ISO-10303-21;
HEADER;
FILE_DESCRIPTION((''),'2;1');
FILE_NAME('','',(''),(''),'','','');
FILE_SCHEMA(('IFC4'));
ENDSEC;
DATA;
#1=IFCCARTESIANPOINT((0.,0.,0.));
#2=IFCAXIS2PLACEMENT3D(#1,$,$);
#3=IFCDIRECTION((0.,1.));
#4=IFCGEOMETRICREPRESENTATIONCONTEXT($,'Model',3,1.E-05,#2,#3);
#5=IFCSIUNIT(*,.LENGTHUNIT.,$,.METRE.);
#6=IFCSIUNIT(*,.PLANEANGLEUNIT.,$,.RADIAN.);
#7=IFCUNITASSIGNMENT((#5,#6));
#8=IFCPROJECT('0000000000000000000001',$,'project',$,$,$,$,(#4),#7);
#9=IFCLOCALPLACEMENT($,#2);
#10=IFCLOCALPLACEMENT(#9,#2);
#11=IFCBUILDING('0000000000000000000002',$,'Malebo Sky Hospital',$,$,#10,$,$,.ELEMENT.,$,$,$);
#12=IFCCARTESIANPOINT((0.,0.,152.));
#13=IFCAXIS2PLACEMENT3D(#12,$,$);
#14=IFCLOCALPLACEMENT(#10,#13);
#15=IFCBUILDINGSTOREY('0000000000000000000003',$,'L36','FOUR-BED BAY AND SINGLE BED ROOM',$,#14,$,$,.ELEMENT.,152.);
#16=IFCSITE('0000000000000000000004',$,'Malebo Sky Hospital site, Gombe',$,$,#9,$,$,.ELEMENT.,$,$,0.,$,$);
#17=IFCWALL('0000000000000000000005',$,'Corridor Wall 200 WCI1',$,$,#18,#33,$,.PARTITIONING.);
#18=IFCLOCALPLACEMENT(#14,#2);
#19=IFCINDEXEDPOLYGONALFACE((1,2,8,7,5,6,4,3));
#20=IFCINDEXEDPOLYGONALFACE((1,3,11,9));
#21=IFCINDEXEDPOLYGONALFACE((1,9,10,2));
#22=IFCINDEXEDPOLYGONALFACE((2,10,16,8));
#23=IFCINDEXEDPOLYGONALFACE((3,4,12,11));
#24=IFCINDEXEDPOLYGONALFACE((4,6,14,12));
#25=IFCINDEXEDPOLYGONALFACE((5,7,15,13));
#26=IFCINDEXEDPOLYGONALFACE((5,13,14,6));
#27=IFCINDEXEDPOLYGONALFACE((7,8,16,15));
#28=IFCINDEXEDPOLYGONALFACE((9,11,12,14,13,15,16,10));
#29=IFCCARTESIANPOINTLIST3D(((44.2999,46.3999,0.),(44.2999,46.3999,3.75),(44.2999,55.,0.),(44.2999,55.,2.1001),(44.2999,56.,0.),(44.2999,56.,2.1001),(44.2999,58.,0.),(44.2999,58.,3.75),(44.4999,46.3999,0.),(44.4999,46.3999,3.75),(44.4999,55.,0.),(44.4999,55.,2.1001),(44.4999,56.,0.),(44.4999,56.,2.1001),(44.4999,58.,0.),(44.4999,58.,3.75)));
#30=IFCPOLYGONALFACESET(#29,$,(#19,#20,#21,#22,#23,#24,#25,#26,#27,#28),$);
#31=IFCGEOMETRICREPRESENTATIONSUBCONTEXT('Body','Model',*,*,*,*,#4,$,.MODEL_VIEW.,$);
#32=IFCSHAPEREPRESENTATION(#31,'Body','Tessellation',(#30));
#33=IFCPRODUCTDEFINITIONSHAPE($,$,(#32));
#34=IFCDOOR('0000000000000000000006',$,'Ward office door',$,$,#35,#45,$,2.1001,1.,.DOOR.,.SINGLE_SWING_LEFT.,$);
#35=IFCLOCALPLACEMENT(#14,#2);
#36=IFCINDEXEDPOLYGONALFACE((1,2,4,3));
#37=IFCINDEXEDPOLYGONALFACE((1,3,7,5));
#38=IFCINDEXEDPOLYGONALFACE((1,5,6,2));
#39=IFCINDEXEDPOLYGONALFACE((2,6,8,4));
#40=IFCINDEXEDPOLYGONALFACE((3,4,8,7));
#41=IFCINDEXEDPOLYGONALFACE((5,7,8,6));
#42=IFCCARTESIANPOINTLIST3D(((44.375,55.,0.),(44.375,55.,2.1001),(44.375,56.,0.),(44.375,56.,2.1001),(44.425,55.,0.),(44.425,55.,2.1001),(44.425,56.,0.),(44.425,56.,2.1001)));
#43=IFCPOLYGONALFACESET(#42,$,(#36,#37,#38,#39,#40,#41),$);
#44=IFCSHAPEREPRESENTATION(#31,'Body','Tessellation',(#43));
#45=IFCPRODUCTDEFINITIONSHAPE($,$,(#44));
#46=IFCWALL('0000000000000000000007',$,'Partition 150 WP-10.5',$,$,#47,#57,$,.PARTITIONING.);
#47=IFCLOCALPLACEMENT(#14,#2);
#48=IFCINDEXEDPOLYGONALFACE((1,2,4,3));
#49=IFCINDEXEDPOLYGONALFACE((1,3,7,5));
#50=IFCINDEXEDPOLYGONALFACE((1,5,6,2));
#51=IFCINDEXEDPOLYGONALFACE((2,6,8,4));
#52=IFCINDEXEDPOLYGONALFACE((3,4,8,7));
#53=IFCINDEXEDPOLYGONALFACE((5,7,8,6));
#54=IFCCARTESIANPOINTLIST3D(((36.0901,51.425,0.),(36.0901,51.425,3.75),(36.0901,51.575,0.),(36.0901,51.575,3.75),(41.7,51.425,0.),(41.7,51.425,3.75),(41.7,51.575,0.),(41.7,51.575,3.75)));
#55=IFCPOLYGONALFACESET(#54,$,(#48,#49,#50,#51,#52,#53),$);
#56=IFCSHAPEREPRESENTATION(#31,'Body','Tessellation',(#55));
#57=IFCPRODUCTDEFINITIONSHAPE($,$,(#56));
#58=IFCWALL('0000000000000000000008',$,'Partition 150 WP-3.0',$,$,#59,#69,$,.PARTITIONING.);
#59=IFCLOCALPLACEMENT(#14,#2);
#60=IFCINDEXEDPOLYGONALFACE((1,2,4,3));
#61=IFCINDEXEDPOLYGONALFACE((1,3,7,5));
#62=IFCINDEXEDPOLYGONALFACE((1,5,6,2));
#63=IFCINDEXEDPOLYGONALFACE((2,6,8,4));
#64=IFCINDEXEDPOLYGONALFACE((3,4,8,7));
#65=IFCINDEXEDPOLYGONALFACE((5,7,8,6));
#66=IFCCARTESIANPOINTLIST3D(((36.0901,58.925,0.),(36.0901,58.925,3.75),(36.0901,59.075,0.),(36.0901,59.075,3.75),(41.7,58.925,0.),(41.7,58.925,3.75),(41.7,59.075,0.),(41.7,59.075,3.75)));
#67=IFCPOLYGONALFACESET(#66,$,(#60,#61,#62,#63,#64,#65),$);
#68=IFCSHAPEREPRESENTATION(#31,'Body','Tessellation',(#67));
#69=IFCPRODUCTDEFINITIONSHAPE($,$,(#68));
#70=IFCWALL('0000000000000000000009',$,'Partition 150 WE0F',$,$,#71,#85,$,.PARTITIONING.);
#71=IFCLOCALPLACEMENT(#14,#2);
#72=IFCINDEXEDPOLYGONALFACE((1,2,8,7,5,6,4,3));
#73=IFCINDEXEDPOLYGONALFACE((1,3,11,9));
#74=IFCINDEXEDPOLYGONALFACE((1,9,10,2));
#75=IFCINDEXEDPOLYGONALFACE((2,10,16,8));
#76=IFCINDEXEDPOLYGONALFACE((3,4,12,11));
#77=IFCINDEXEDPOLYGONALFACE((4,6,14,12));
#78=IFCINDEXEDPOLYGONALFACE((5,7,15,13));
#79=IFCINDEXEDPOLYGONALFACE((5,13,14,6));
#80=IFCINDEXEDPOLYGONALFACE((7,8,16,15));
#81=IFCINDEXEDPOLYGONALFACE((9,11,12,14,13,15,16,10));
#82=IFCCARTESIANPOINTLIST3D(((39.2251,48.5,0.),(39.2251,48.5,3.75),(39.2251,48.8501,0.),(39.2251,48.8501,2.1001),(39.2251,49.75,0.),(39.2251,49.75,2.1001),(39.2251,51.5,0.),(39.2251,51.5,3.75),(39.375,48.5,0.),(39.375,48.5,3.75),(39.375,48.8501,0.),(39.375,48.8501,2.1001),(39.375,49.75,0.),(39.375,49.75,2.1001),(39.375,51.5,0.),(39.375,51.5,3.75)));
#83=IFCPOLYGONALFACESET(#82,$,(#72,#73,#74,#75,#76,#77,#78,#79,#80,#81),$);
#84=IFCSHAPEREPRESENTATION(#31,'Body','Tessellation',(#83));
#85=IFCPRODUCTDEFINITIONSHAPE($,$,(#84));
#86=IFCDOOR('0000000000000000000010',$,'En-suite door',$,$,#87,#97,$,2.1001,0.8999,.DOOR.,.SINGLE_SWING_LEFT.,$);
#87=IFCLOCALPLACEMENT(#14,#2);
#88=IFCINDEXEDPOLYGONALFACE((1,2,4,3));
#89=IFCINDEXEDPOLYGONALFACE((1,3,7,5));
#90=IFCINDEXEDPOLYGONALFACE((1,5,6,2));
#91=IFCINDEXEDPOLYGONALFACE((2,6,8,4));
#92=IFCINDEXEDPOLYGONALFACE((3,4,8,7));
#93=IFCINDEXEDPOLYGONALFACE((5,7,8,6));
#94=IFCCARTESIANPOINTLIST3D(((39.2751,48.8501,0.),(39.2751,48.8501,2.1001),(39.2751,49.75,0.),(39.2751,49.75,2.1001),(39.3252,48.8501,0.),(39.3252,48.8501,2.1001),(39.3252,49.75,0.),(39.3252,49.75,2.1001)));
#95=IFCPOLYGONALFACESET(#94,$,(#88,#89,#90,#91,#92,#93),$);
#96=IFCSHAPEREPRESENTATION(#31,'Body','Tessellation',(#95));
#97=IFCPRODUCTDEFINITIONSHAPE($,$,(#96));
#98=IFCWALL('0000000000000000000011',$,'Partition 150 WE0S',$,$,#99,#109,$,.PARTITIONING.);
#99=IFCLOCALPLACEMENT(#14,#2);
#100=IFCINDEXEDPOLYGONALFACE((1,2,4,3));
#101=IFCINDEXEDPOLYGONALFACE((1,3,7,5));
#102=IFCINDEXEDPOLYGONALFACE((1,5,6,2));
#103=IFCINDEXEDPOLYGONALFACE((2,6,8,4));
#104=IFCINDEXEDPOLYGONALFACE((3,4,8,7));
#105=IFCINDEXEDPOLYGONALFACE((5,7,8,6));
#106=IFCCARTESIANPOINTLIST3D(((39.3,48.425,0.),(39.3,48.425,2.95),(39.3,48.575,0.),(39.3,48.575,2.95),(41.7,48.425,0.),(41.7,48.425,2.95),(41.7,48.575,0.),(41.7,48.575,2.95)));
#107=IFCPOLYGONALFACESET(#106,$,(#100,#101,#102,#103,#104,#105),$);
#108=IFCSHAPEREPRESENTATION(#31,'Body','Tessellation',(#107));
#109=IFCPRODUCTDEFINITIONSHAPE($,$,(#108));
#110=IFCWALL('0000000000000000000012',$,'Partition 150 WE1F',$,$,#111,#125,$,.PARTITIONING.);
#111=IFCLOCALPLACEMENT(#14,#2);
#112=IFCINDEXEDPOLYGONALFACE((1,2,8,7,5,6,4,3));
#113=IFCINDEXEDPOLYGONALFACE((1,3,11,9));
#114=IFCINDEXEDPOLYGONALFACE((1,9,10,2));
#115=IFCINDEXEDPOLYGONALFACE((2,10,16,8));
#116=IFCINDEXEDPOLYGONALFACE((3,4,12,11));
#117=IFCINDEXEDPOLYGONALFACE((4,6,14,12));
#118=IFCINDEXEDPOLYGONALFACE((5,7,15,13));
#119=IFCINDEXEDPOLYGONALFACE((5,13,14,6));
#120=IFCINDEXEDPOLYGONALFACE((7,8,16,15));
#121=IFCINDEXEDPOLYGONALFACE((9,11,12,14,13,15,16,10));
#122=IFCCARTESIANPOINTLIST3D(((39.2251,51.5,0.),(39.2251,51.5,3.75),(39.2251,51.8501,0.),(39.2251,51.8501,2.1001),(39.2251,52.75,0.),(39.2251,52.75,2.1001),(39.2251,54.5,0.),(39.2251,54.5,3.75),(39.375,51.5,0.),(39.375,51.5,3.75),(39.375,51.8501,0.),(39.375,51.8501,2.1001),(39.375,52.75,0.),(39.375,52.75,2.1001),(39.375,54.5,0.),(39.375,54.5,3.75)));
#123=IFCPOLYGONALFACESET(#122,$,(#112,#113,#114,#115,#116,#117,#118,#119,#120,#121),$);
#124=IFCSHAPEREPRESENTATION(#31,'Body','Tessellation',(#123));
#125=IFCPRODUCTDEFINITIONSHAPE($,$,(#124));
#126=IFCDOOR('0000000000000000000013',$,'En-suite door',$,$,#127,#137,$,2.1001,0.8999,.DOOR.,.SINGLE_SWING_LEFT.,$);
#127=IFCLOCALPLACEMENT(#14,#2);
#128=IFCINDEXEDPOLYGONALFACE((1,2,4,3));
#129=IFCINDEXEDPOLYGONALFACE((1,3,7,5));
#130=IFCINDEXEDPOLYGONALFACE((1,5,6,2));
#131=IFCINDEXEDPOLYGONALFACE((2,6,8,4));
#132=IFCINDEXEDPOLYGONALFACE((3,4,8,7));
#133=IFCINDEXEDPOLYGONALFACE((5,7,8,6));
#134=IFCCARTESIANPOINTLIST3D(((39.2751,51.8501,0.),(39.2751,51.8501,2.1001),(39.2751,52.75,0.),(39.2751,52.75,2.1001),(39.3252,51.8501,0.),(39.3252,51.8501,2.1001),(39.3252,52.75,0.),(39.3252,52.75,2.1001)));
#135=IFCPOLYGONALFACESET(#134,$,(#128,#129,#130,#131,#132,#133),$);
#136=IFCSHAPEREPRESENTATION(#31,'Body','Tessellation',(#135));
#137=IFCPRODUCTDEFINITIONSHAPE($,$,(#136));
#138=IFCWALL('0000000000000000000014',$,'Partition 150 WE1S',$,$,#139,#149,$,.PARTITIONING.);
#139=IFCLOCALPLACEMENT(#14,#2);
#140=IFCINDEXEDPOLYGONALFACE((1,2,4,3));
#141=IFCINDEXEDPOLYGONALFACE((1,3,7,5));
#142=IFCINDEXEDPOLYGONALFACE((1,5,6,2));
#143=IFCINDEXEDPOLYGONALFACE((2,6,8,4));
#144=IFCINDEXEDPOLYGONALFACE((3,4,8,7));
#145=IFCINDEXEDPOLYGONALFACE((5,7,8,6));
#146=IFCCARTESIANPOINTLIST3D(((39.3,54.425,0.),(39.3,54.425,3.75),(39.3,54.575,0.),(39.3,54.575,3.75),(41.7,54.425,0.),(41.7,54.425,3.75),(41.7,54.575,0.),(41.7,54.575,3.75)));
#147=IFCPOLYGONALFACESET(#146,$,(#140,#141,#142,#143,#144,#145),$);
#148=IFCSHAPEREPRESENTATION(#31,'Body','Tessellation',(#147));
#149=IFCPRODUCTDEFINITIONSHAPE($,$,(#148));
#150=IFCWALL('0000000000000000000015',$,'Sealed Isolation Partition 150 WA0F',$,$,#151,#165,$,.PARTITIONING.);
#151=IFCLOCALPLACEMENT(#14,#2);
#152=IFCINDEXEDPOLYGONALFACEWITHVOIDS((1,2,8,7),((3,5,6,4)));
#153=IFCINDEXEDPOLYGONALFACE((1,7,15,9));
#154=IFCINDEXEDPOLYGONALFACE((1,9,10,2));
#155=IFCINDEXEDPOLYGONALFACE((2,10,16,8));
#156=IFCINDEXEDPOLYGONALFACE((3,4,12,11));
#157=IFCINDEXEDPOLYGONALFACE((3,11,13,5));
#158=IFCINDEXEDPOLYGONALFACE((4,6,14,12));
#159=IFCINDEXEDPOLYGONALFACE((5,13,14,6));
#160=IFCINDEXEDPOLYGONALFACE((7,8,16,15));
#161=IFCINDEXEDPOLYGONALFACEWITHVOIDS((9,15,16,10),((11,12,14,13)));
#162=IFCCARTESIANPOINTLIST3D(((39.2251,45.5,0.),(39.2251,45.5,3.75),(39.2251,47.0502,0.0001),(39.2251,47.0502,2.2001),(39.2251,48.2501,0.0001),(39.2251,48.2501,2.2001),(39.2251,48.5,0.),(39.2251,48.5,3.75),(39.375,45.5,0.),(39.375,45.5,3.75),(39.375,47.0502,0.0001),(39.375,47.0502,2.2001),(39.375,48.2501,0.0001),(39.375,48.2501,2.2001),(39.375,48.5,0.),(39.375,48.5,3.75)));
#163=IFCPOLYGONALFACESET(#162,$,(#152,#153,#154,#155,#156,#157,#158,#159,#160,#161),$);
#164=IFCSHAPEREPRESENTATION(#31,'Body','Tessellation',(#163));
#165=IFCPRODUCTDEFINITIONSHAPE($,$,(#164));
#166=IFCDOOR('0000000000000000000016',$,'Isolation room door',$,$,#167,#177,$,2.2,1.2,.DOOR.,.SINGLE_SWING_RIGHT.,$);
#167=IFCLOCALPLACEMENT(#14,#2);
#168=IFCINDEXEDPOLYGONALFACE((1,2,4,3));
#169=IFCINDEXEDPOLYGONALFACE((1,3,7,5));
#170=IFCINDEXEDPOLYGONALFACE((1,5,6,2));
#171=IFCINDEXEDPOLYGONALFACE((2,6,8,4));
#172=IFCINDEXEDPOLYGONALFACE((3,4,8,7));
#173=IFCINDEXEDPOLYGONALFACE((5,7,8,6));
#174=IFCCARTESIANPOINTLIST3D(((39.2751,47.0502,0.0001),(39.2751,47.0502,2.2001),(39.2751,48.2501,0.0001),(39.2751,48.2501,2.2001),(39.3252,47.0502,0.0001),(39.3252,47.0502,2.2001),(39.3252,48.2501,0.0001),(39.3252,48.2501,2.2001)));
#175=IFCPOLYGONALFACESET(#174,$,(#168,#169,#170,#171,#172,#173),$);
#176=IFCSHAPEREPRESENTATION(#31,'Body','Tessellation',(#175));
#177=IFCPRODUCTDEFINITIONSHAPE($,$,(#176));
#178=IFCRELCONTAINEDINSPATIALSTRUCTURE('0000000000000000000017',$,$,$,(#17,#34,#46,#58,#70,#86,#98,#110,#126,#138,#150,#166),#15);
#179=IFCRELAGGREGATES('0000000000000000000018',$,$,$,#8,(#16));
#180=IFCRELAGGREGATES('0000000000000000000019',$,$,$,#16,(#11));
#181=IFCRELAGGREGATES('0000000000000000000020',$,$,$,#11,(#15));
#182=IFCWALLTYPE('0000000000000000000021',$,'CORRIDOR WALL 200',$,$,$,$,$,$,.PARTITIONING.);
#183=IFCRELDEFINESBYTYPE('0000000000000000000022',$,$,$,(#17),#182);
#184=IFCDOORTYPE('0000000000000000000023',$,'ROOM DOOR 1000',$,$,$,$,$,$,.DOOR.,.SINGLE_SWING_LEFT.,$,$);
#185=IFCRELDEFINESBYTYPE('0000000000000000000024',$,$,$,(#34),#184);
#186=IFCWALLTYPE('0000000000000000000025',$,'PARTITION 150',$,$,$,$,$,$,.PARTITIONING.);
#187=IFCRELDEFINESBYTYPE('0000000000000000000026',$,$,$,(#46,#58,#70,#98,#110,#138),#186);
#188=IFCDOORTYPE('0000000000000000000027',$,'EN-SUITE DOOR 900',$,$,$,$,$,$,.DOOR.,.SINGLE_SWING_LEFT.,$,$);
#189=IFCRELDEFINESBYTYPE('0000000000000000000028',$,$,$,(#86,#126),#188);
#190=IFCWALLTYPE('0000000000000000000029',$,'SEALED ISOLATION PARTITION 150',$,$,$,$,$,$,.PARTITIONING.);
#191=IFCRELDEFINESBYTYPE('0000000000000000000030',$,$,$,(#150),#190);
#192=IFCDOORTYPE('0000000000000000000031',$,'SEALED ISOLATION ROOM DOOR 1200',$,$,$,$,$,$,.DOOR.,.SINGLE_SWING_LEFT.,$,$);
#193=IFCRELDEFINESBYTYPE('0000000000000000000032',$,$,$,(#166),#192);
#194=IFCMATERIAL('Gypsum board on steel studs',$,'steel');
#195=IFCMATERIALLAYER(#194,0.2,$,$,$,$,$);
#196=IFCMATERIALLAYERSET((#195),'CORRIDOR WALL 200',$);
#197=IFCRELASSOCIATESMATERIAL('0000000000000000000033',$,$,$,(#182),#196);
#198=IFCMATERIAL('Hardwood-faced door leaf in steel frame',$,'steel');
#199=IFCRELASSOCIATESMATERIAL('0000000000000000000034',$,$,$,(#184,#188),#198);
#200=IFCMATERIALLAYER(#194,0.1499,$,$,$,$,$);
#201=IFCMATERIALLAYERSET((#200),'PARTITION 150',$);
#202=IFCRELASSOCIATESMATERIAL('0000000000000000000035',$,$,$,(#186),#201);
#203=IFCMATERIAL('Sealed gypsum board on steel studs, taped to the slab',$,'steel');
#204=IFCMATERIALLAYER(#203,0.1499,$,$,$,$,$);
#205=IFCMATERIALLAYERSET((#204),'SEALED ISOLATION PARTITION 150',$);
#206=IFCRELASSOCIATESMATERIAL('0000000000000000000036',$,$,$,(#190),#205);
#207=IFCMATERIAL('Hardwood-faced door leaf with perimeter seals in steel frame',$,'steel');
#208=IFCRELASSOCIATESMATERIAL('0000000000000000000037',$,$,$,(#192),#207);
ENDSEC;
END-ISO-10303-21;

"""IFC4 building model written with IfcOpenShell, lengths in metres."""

from ifc_helpers import new_model, si_unit, direction, frame, frame_2d, origin, place, context, subcontext, project, spatial, rectangle, extrude, material, layer, layer_set, type_object, element, fill, save


model = new_model("IFC4")

# Units and contexts
model_context = context("Model", 3, precision=1e-05, world=origin(), true_north=direction((0.0, 1.0)))
body_context = subcontext(model_context, "Body", "Model", "MODEL_VIEW")
ifc_project = project(units=[si_unit("LENGTHUNIT", "METRE"), si_unit("PLANEANGLEUNIT", "RADIAN")], contexts=[model_context])

# Site, building, storey
site_placement = place(None, origin())
site = spatial("IfcSite", under=ifc_project, at=site_placement, Name="Malebo Sky Hospital site, Gombe", CompositionType="ELEMENT", RefElevation=0.0)
building_placement = place(site_placement, origin())
building = spatial("IfcBuilding", under=site, at=building_placement, Name="Malebo Sky Hospital", CompositionType="ELEMENT")
storey_placement = place(building_placement, frame((0.0, 0.0, 152.0)))
storey = spatial("IfcBuildingStorey", under=building, at=storey_placement, Name="L36", Description="FOUR-BED BAY AND SINGLE BED ROOM", CompositionType="ELEMENT", Elevation=152.0)

# Wall, opening, door
ifc_material_1 = material(Name="Gypsum board on steel studs", Category="steel")
ifc_layer_1 = layer(ifc_material_1, 0.2)
ifc_layer_set_1 = layer_set([ifc_layer_1], Name="CORRIDOR WALL 200")
wall_type_1 = type_object("IfcWallType", Name="CORRIDOR WALL 200", PredefinedType="PARTITIONING", material=ifc_layer_set_1)
wall_1_placement = place(storey_placement, frame((44.3999, 46.3999, 0.0), z_axis=(0.0, 0.0, 1.0), x_axis=(0.0, 1.0, 0.0)))
wall_1 = element("IfcWall", 1, at=wall_1_placement, inside=storey, type_object=wall_type_1, Name="Corridor Wall 200 WCI1", PredefinedType="PARTITIONING", context=body_context, shape_type="SweptSolid", body=[
    extrude(rectangle(XDim=11.6001, YDim=0.2, at=frame_2d((5.8, 0.0))), origin(), (0.0, 0.0, 1.0), 3.75),
])
opening_1_placement = place(wall_1_placement, frame((8.6001, 0.0, 0.0)))
opening_1 = element("IfcOpeningElement", 2, at=opening_1_placement, cuts=wall_1, PredefinedType="OPENING", context=body_context, shape_type="SweptSolid", body=[
    extrude(rectangle(XDim=1.0, YDim=2.1001, at=frame_2d((0.5, 1.05))), frame((0.0, 0.1099, 0.0), z_axis=(0.0, -1.0, 0.0), x_axis=(1.0, 0.0, 0.0)), (0.0, 0.0, 1.0), 0.22),
])
ifc_material_2 = material(Name="Hardwood-faced door leaf in steel frame", Category="steel")
door_type_1 = type_object("IfcDoorType", Name="ROOM DOOR 1000", OperationType="SINGLE_SWING_LEFT", PredefinedType="DOOR", material=ifc_material_2)
door_1_placement = place(opening_1_placement, origin())
door_1 = element("IfcDoor", 3, at=door_1_placement, inside=storey, type_object=door_type_1, Name="Ward office door", OperationType="SINGLE_SWING_LEFT", OverallHeight=2.1001, OverallWidth=1.0, PredefinedType="DOOR", context=body_context, shape_type="SweptSolid", body=[
    extrude(rectangle(XDim=1.0, YDim=2.1001, at=frame_2d((0.5, 1.05))), frame((0.0, 0.0249, 0.0), z_axis=(0.0, -1.0, 0.0), x_axis=(1.0, 0.0, 0.0)), (0.0, 0.0, 1.0), 0.05),
])
fill(opening_1, door_1)

# Walls
ifc_layer_2 = layer(ifc_material_1, 0.1499)
ifc_layer_set_2 = layer_set([ifc_layer_2], Name="PARTITION 150")
wall_type_2 = type_object("IfcWallType", Name="PARTITION 150", PredefinedType="PARTITIONING", material=ifc_layer_set_2)
for number, where, z_axis, x_axis, name in (
    (4, (41.7, 51.5, 0.0), (0.0, 0.0, 1.0), (-1.0, 0.0, 0.0), "Partition 150 WP-10.5"),
    (5, (41.7, 59.0, 0.0), (0.0, 0.0, 1.0), (-1.0, 0.0, 0.0), "Partition 150 WP-3.0"),
):
    element("IfcWall", number, at=place(storey_placement, frame(where, z_axis=z_axis, x_axis=x_axis)), inside=storey, type_object=wall_type_2, Name=name, PredefinedType="PARTITIONING", context=body_context, shape_type="SweptSolid", body=[
        extrude(rectangle(XDim=5.6099, YDim=0.1499, at=frame_2d((2.8049, 0.0))), origin(), (0.0, 0.0, 1.0), 3.75),
    ])

# Wall, opening, door
wall_2_placement = place(storey_placement, frame((39.3, 48.5, 0.0), z_axis=(0.0, 0.0, 1.0), x_axis=(0.0, 1.0, 0.0)))
wall_2 = element("IfcWall", 6, at=wall_2_placement, inside=storey, type_object=wall_type_2, Name="Partition 150 WE0F", PredefinedType="PARTITIONING", context=body_context, shape_type="SweptSolid", body=[
    extrude(rectangle(XDim=3.0, YDim=0.1499, at=frame_2d((1.5, 0.0))), origin(), (0.0, 0.0, 1.0), 3.75),
])
opening_2_placement = place(wall_2_placement, frame((0.3501, 0.0, 0.0)))
opening_2 = element("IfcOpeningElement", 7, at=opening_2_placement, cuts=wall_2, PredefinedType="OPENING", context=body_context, shape_type="SweptSolid", body=[
    extrude(rectangle(XDim=0.8999, YDim=2.1001, at=frame_2d((0.45, 1.05))), frame((0.0, 0.085, 0.0), z_axis=(0.0, -1.0, 0.0), x_axis=(1.0, 0.0, 0.0)), (0.0, 0.0, 1.0), 0.1699),
])
door_type_2 = type_object("IfcDoorType", Name="EN-SUITE DOOR 900", OperationType="SINGLE_SWING_LEFT", PredefinedType="DOOR", material=ifc_material_2)
door_2_placement = place(opening_2_placement, origin())
door_2 = element("IfcDoor", 8, at=door_2_placement, inside=storey, type_object=door_type_2, Name="En-suite door", OperationType="SINGLE_SWING_LEFT", OverallHeight=2.1001, OverallWidth=0.8999, PredefinedType="DOOR", context=body_context, shape_type="SweptSolid", body=[
    extrude(rectangle(XDim=0.8999, YDim=2.1001, at=frame_2d((0.45, 1.05))), frame((0.0, 0.0249, 0.0), z_axis=(0.0, -1.0, 0.0), x_axis=(1.0, 0.0, 0.0)), (0.0, 0.0, 1.0), 0.05),
])
fill(opening_2, door_2)

# Wall
wall_3_placement = place(storey_placement, frame((41.7, 48.5, 0.0), z_axis=(0.0, 0.0, 1.0), x_axis=(-1.0, 0.0, 0.0)))
element("IfcWall", 9, at=wall_3_placement, inside=storey, type_object=wall_type_2, Name="Partition 150 WE0S", PredefinedType="PARTITIONING", context=body_context, shape_type="SweptSolid", body=[
    extrude(rectangle(XDim=2.3999, YDim=0.1499, at=frame_2d((1.2, 0.0))), origin(), (0.0, 0.0, 1.0), 2.95),
])

# Wall, opening, door
wall_4_placement = place(storey_placement, frame((39.3, 51.5, 0.0), z_axis=(0.0, 0.0, 1.0), x_axis=(0.0, 1.0, 0.0)))
wall_4 = element("IfcWall", 10, at=wall_4_placement, inside=storey, type_object=wall_type_2, Name="Partition 150 WE1F", PredefinedType="PARTITIONING", context=body_context, shape_type="SweptSolid", body=[
    extrude(rectangle(XDim=3.0, YDim=0.1499, at=frame_2d((1.5, 0.0))), origin(), (0.0, 0.0, 1.0), 3.75),
])
opening_3_placement = place(wall_4_placement, frame((0.3501, 0.0, 0.0)))
opening_3 = element("IfcOpeningElement", 11, at=opening_3_placement, cuts=wall_4, PredefinedType="OPENING", context=body_context, shape_type="SweptSolid", body=[
    extrude(rectangle(XDim=0.8999, YDim=2.1001, at=frame_2d((0.45, 1.05))), frame((0.0, 0.085, 0.0), z_axis=(0.0, -1.0, 0.0), x_axis=(1.0, 0.0, 0.0)), (0.0, 0.0, 1.0), 0.1699),
])
door_3_placement = place(opening_3_placement, origin())
door_3 = element("IfcDoor", 12, at=door_3_placement, inside=storey, type_object=door_type_2, Name="En-suite door", OperationType="SINGLE_SWING_LEFT", OverallHeight=2.1001, OverallWidth=0.8999, PredefinedType="DOOR", context=body_context, shape_type="SweptSolid", body=[
    extrude(rectangle(XDim=0.8999, YDim=2.1001, at=frame_2d((0.45, 1.05))), frame((0.0, 0.0249, 0.0), z_axis=(0.0, -1.0, 0.0), x_axis=(1.0, 0.0, 0.0)), (0.0, 0.0, 1.0), 0.05),
])
fill(opening_3, door_3)

# Wall
wall_5_placement = place(storey_placement, frame((41.7, 54.5, 0.0), z_axis=(0.0, 0.0, 1.0), x_axis=(-1.0, 0.0, 0.0)))
element("IfcWall", 13, at=wall_5_placement, inside=storey, type_object=wall_type_2, Name="Partition 150 WE1S", PredefinedType="PARTITIONING", context=body_context, shape_type="SweptSolid", body=[
    extrude(rectangle(XDim=2.3999, YDim=0.1499, at=frame_2d((1.2, 0.0))), origin(), (0.0, 0.0, 1.0), 3.75),
])

# Wall, opening, door
ifc_material_3 = material(Name="Sealed gypsum board on steel studs, taped to the slab", Category="steel")
ifc_layer_3 = layer(ifc_material_3, 0.1499)
ifc_layer_set_3 = layer_set([ifc_layer_3], Name="SEALED ISOLATION PARTITION 150")
wall_type_3 = type_object("IfcWallType", Name="SEALED ISOLATION PARTITION 150", PredefinedType="PARTITIONING", material=ifc_layer_set_3)
wall_6_placement = place(storey_placement, frame((39.3, 45.5, 0.0), z_axis=(0.0, 0.0, 1.0), x_axis=(0.0, 1.0, 0.0)))
wall_6 = element("IfcWall", 14, at=wall_6_placement, inside=storey, type_object=wall_type_3, Name="Sealed Isolation Partition 150 WA0F", PredefinedType="PARTITIONING", context=body_context, shape_type="SweptSolid", body=[
    extrude(rectangle(XDim=3.0, YDim=0.1499, at=frame_2d((1.5, 0.0))), origin(), (0.0, 0.0, 1.0), 3.75),
])
opening_4_placement = place(wall_6_placement, frame((1.55, 0.0, 0.0)))
opening_4 = element("IfcOpeningElement", 15, at=opening_4_placement, cuts=wall_6, PredefinedType="OPENING", context=body_context, shape_type="SweptSolid", body=[
    extrude(rectangle(XDim=1.2, YDim=2.2, at=frame_2d((0.6001, 1.1001))), frame((0.0, 0.085, 0.0), z_axis=(0.0, -1.0, 0.0), x_axis=(1.0, 0.0, 0.0)), (0.0, 0.0, 1.0), 0.1699),
])
ifc_material_4 = material(Name="Hardwood-faced door leaf with perimeter seals in steel frame", Category="steel")
door_type_3 = type_object("IfcDoorType", Name="SEALED ISOLATION ROOM DOOR 1200", OperationType="SINGLE_SWING_LEFT", PredefinedType="DOOR", material=ifc_material_4)
door_4_placement = place(opening_4_placement, origin())
door_4 = element("IfcDoor", 16, at=door_4_placement, inside=storey, type_object=door_type_3, Name="Isolation room door", OperationType="SINGLE_SWING_RIGHT", OverallHeight=2.2, OverallWidth=1.2, PredefinedType="DOOR", context=body_context, shape_type="SweptSolid", body=[
    extrude(rectangle(XDim=1.2, YDim=2.2, at=frame_2d((0.6001, 1.1001))), frame((0.0, 0.0249, 0.0), z_axis=(0.0, -1.0, 0.0), x_axis=(1.0, 0.0, 0.0)), (0.0, 0.0, 1.0), 0.05),
])
fill(opening_4, door_4)

save(model, "model.ifc")
